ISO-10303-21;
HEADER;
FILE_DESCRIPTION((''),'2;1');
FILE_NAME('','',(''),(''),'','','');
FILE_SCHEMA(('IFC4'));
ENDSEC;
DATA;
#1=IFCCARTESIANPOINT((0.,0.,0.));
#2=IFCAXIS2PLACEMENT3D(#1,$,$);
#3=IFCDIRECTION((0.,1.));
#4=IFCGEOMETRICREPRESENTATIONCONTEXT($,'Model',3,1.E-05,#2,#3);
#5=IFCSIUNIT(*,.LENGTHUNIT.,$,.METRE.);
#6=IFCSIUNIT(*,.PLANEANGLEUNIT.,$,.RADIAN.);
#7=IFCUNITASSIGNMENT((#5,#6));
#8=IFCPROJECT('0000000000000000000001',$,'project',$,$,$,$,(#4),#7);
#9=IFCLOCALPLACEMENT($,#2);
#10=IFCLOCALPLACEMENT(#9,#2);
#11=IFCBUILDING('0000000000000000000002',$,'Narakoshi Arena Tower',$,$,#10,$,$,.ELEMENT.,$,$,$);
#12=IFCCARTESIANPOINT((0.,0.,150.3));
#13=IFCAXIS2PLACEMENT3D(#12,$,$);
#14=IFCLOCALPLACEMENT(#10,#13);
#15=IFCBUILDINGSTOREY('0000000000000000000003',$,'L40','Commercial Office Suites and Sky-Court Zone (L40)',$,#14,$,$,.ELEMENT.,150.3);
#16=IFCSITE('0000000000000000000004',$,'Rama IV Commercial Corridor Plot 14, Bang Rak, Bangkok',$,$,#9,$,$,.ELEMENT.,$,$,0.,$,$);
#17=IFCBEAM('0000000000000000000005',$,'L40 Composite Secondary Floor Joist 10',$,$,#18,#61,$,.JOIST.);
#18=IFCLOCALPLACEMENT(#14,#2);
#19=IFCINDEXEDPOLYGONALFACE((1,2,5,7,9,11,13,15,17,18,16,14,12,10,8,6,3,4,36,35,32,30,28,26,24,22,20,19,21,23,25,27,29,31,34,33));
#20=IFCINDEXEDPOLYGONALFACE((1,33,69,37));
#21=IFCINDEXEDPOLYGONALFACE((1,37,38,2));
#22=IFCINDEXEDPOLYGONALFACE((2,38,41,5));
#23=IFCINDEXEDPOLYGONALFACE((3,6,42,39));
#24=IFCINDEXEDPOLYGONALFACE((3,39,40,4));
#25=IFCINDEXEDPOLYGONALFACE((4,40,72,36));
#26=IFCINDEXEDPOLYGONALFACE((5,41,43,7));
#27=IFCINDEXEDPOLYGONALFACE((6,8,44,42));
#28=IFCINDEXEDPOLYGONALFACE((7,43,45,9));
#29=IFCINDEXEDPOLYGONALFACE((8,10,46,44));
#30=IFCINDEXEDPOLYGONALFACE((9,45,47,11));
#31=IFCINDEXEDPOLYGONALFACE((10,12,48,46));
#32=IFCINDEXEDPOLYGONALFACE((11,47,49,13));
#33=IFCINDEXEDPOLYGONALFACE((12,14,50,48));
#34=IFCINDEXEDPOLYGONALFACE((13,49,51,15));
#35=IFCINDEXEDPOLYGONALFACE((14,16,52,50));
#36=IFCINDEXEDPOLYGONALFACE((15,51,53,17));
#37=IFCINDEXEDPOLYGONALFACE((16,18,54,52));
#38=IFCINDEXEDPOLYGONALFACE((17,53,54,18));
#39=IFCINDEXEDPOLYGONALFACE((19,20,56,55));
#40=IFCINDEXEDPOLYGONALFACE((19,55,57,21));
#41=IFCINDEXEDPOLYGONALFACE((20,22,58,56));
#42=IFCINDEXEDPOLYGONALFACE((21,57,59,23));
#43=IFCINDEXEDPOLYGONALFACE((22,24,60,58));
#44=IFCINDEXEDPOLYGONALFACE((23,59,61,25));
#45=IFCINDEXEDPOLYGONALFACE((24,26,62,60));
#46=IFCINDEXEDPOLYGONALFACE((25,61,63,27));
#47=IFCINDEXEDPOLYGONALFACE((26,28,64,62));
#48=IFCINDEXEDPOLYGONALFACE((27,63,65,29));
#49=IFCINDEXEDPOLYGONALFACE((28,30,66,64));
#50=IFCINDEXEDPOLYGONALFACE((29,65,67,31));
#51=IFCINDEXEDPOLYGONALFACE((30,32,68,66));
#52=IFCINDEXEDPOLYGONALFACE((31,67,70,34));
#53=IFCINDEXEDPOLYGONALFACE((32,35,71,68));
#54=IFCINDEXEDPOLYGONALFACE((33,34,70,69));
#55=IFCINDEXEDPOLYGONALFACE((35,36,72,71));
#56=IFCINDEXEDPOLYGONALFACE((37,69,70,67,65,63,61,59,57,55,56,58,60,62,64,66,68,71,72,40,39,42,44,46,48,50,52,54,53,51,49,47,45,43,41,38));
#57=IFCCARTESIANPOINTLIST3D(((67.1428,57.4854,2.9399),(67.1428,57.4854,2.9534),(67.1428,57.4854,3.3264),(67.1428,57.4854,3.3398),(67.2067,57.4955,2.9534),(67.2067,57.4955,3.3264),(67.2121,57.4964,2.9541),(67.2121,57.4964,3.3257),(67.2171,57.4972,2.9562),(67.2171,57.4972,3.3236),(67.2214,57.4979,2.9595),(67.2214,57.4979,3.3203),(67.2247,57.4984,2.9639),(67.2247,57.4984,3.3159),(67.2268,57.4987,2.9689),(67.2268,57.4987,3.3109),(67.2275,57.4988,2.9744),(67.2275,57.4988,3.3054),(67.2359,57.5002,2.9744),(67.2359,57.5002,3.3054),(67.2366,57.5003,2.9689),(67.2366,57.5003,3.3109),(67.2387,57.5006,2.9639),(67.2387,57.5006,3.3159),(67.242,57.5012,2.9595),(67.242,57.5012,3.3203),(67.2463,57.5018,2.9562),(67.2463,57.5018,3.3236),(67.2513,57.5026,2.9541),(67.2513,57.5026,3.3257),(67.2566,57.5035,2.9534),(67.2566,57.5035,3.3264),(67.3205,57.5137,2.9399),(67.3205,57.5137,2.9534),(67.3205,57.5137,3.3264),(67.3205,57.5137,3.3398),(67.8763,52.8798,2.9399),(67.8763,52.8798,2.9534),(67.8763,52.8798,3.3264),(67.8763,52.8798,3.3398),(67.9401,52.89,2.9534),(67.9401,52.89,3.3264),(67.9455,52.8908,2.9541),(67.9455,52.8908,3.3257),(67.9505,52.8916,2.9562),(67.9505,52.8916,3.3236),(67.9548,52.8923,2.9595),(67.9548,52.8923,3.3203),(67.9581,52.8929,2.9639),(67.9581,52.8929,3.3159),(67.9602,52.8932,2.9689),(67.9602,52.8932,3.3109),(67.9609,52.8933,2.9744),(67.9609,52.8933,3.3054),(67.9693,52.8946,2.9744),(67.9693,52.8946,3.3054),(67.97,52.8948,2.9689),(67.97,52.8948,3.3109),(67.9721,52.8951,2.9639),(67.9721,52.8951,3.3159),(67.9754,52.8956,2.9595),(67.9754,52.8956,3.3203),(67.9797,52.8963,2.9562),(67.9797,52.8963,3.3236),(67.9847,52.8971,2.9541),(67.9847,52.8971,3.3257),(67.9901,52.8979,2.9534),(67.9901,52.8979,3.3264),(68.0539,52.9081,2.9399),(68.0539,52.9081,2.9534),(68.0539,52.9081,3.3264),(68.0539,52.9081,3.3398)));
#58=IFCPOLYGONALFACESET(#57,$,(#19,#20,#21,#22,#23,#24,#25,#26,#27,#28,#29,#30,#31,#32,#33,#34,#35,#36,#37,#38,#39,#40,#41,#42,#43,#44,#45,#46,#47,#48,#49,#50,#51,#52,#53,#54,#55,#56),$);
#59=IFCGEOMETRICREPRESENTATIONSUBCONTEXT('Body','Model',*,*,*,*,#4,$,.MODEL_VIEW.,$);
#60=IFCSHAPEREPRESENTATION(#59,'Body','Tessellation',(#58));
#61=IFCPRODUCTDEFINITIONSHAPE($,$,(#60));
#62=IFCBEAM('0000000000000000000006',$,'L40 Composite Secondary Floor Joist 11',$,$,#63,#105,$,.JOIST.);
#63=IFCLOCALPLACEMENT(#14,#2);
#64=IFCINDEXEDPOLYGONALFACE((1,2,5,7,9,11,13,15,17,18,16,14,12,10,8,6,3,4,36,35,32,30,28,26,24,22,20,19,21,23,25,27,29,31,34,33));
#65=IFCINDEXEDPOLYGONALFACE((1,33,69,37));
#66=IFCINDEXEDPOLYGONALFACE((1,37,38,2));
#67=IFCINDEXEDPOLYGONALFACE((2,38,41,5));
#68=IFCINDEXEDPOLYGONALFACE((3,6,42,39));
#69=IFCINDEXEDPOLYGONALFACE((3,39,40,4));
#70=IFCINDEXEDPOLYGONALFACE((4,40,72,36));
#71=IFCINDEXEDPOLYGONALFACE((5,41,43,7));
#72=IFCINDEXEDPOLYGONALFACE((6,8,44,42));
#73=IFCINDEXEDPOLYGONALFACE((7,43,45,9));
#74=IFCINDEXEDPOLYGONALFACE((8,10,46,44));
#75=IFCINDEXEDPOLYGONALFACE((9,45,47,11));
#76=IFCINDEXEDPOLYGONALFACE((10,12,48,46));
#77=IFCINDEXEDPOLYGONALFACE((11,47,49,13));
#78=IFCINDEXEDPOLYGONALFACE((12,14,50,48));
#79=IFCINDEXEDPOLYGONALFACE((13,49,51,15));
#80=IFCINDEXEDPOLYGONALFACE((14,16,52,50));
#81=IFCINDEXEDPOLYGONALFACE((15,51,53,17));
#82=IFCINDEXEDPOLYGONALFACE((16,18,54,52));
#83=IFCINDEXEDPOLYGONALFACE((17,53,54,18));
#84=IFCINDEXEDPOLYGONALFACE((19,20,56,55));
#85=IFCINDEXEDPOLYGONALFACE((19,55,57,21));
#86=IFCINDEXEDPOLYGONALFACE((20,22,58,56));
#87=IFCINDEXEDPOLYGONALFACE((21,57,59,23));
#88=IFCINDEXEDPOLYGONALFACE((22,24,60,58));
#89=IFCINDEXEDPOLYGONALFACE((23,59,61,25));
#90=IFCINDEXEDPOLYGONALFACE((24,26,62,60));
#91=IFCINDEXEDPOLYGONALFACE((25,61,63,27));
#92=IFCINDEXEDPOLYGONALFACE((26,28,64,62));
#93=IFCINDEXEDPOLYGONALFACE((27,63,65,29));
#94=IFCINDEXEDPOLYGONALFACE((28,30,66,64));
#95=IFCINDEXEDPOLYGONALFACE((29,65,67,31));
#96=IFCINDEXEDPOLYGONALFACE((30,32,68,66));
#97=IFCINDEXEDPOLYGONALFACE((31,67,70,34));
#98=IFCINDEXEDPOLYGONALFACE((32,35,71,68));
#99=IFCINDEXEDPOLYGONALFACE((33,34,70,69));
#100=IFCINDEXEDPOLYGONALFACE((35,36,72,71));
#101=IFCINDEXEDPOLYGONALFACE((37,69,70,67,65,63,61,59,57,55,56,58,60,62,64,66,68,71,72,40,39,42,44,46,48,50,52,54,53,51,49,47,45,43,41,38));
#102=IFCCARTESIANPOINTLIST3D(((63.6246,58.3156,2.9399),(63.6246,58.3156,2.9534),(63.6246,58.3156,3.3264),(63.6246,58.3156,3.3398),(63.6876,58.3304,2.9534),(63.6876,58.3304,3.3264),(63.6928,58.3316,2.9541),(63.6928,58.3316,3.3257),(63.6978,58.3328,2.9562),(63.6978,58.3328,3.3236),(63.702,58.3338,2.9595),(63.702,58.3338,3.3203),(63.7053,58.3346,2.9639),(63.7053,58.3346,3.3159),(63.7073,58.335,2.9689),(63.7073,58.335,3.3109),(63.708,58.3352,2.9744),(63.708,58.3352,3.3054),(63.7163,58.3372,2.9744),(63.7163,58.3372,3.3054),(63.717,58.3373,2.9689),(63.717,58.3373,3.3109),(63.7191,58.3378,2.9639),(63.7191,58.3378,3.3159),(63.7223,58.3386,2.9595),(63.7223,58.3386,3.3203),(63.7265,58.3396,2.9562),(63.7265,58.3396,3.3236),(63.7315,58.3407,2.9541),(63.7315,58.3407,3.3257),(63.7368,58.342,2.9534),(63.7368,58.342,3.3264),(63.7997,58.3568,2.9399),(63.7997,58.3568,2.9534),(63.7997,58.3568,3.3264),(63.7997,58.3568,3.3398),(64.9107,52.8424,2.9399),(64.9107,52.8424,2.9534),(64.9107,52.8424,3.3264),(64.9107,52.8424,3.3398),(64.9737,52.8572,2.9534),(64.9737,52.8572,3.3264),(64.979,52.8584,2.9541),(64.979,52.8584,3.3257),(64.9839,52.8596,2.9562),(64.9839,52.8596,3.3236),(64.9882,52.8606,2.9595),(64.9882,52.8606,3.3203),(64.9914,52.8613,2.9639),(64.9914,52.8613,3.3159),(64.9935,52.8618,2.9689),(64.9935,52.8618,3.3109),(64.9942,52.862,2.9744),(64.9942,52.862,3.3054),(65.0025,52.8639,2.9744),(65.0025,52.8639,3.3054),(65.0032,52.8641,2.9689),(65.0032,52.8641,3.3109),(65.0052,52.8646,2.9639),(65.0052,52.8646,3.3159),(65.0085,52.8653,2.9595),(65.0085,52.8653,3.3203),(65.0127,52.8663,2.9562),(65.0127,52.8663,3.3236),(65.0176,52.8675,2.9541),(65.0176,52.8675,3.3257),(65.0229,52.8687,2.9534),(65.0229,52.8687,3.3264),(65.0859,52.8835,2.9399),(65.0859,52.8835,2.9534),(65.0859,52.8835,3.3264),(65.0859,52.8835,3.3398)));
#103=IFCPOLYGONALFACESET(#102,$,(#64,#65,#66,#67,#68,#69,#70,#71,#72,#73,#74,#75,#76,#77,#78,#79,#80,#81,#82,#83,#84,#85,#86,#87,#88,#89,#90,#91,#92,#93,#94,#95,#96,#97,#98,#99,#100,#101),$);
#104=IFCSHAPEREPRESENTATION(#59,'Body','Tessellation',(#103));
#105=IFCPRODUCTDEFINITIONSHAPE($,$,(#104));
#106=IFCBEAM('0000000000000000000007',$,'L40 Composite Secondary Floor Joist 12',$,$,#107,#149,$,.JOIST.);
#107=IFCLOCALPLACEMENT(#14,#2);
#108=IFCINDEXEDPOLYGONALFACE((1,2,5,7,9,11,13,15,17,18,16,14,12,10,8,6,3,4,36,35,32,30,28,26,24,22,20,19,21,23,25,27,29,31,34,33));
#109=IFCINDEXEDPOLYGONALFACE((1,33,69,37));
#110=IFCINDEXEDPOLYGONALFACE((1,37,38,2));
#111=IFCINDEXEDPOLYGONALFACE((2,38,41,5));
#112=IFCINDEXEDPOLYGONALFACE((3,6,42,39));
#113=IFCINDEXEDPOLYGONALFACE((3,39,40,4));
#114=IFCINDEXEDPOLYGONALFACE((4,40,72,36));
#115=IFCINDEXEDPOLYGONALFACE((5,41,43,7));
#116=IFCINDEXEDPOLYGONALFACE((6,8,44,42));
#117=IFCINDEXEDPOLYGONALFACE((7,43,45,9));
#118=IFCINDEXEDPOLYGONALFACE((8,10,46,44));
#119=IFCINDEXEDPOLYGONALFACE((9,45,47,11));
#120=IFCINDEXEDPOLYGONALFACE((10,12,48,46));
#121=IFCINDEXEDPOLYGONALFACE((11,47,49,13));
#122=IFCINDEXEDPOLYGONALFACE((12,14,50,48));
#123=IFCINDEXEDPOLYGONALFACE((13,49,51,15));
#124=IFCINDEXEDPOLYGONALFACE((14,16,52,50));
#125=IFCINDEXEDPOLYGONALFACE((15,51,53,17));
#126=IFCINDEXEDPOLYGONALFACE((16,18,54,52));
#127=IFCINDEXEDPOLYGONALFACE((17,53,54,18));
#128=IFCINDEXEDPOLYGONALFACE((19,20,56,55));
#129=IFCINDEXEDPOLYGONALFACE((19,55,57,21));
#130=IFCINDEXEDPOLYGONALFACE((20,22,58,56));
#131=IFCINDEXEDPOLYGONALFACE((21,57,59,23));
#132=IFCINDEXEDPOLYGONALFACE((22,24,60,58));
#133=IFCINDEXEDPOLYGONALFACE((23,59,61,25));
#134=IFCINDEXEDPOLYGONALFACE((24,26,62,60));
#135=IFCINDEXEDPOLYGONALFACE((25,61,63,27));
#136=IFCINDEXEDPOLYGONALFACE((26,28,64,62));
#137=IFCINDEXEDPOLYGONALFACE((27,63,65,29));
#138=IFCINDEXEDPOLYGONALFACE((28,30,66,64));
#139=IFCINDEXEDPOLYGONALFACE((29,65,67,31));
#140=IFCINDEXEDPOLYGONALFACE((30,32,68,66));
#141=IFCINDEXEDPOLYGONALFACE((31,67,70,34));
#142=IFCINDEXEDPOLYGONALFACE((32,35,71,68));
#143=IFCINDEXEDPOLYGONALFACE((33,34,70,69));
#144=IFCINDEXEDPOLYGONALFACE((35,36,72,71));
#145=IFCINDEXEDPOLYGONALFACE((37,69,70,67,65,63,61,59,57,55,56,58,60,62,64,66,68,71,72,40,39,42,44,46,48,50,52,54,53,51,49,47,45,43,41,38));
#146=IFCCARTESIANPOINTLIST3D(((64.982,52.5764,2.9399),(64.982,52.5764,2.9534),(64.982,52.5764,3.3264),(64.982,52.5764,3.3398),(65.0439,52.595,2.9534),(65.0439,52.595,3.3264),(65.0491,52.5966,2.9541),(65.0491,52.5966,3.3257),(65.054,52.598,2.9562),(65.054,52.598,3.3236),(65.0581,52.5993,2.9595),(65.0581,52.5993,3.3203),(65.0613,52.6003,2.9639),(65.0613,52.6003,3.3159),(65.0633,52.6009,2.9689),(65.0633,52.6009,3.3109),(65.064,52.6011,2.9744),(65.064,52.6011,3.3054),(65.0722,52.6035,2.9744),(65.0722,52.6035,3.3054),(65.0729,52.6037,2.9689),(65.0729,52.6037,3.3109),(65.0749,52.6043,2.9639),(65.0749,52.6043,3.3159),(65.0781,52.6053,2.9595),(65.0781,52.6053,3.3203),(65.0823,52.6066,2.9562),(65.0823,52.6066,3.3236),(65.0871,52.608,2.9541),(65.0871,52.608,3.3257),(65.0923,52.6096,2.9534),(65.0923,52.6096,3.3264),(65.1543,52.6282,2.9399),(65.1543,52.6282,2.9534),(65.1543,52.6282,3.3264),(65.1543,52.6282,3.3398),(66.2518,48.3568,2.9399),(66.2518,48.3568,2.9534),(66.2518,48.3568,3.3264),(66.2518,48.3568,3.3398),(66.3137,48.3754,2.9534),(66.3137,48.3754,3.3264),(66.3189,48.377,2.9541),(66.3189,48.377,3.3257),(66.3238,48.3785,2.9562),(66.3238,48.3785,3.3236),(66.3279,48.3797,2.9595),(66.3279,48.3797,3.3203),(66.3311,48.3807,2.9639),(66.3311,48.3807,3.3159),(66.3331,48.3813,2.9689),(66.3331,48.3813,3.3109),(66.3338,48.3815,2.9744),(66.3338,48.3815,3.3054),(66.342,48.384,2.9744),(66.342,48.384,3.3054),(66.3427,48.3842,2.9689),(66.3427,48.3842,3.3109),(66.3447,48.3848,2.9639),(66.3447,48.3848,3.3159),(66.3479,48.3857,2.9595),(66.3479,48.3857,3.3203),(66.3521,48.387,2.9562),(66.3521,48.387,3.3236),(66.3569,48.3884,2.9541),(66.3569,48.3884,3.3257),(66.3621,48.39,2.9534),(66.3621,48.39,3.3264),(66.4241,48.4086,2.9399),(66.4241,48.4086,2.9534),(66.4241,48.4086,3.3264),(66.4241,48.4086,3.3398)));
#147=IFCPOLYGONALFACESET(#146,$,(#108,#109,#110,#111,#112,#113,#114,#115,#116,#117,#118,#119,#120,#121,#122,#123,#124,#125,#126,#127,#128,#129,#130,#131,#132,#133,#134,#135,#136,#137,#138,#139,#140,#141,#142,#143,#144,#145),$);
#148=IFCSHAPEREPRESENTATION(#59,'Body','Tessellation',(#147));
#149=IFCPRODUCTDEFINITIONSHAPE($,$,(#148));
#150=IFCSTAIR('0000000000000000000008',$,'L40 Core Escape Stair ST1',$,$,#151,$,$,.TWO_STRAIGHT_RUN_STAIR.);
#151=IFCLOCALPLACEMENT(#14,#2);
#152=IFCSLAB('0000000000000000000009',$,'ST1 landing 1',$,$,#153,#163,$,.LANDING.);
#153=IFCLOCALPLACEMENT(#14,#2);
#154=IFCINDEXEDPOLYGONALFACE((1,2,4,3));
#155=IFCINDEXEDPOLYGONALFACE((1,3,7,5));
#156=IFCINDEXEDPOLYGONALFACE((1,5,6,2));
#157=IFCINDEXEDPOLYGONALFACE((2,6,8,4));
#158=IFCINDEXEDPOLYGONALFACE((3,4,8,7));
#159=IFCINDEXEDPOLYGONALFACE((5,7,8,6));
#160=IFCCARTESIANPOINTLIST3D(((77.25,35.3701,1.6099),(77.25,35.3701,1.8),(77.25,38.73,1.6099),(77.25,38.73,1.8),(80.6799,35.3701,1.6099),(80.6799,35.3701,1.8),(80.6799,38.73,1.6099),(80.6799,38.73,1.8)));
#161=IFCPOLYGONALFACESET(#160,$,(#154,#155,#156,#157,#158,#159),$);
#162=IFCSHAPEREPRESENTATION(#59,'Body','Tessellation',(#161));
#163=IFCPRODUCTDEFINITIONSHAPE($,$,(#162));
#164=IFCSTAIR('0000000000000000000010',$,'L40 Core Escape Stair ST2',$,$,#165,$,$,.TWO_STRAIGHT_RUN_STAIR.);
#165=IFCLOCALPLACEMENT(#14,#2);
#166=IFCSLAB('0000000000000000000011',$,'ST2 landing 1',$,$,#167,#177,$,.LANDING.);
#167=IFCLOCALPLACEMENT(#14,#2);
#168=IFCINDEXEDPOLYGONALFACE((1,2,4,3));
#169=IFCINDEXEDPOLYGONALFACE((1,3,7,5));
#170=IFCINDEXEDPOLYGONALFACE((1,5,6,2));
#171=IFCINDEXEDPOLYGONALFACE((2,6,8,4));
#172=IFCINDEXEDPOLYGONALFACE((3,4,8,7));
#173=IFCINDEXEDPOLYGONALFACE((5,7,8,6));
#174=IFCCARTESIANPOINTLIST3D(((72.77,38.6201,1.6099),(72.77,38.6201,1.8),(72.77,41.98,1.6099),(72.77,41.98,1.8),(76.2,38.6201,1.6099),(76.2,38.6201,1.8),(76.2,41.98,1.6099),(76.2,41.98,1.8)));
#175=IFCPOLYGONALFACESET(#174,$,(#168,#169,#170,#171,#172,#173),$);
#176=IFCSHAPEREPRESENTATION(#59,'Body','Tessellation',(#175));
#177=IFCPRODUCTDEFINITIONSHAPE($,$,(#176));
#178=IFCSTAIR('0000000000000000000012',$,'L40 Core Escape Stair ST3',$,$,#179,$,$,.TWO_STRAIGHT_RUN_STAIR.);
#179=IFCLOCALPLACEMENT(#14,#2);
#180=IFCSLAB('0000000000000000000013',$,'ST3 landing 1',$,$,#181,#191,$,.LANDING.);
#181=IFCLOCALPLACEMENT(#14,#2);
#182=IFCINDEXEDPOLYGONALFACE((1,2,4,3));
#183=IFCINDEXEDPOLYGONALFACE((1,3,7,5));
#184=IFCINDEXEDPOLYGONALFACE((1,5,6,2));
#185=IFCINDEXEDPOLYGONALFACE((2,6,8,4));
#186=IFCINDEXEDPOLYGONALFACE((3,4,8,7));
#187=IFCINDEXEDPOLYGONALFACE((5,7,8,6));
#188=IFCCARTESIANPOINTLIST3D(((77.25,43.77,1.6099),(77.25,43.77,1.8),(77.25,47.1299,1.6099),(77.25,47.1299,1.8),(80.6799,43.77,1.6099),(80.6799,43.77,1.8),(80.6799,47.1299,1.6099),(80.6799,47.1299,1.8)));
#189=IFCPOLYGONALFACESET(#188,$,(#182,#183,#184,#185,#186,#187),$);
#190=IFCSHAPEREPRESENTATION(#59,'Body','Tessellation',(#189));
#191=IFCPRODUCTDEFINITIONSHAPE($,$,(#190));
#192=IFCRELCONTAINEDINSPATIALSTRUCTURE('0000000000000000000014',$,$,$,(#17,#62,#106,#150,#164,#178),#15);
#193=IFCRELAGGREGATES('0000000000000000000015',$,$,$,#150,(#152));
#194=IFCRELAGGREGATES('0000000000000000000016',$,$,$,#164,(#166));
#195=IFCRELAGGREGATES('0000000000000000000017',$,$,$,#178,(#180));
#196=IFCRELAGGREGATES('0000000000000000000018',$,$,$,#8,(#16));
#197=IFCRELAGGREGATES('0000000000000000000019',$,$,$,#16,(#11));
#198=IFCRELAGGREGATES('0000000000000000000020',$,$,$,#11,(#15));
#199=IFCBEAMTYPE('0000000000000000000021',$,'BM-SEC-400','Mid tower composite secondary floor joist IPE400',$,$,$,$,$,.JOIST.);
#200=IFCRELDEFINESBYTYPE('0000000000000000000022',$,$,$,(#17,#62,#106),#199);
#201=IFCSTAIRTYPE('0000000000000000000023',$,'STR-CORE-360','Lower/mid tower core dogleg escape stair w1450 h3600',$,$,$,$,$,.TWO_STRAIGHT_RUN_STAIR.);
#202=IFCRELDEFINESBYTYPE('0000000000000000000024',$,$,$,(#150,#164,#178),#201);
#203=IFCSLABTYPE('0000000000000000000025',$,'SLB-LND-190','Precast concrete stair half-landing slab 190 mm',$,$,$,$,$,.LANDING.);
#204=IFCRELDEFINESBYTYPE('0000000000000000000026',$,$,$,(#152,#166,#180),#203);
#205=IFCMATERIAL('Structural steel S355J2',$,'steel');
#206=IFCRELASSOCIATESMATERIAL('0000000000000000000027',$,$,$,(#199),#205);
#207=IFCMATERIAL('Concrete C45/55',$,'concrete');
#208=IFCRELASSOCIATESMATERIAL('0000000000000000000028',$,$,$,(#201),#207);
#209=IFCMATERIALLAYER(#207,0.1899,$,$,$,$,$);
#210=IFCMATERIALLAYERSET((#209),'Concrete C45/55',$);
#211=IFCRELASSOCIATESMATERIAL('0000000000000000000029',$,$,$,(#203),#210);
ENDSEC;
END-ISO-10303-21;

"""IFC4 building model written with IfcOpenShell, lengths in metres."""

from ifc_helpers import new_model, si_unit, direction, frame, origin, origin_2d, place, context, subcontext, project, spatial, polyline, i_section, outline, extrude, material, layer, layer_set, material_profile, profile_set, type_object, element, aggregate, save


model = new_model("IFC4")

# Units and contexts
model_context = context("Model", 3, precision=1e-05, world=origin(), true_north=direction((0.0, 1.0)))
body_context = subcontext(model_context, "Body", "Model", "MODEL_VIEW")
ifc_project = project(units=[si_unit("LENGTHUNIT", "METRE"), si_unit("PLANEANGLEUNIT", "RADIAN")], contexts=[model_context])

# Site, building, storey
site_placement = place(None, origin())
site = spatial("IfcSite", under=ifc_project, at=site_placement, Name="Rama IV Commercial Corridor Plot 14, Bang Rak, Bangkok", CompositionType="ELEMENT", RefElevation=0.0)
building_placement = place(site_placement, origin())
building = spatial("IfcBuilding", under=site, at=building_placement, Name="Narakoshi Arena Tower", CompositionType="ELEMENT")
storey_placement = place(building_placement, frame((0.0, 0.0, 150.3)))
storey = spatial("IfcBuildingStorey", under=building, at=storey_placement, Name="L40", Description="Commercial Office Suites and Sky-Court Zone (L40)", CompositionType="ELEMENT", Elevation=150.3)

# Beams
ifc_material_1 = material(Name="Structural steel S355J2", Category="steel")
ifc_material_profile_1 = material_profile(ifc_material_1, i_section(OverallWidth=0.1799, OverallDepth=0.3999, WebThickness=0.0085, FlangeThickness=0.0134, FilletRadius=0.021, at=origin_2d()), Name="IPE400")
ifc_profile_set_1 = profile_set([ifc_material_profile_1], Name="Structural steel S355J2")
beam_type_1 = type_object("IfcBeamType", Name="BM-SEC-400", Description="Mid tower composite secondary floor joist IPE400", PredefinedType="JOIST", material=ifc_profile_set_1)
beam_1_placement = place(storey_placement, frame((67.2317, 57.4995, 3.1399), z_axis=(0.157264, -0.987557, 0.0), x_axis=(0.987557, 0.157264, 0.0)))
element("IfcBeam", 1, at=beam_1_placement, inside=storey, type_object=beam_type_1, Name="L40 Composite Secondary Floor Joist 10", PredefinedType="JOIST", context=body_context, shape_type="SweptSolid", body=[
    extrude(i_section(OverallWidth=0.1799, OverallDepth=0.3999, WebThickness=0.0085, FlangeThickness=0.0134, FilletRadius=0.021, at=origin_2d()), origin(), (0.0, 0.0, 1.0), 4.6636),
])
beam_2_placement = place(storey_placement, frame((63.7122, 58.3362, 3.1399), z_axis=(0.228759, -0.973483, 0.0), x_axis=(0.973483, 0.228759, 0.0)))
element("IfcBeam", 2, at=beam_2_placement, inside=storey, type_object=beam_type_1, Name="L40 Composite Secondary Floor Joist 11", PredefinedType="JOIST", context=body_context, shape_type="SweptSolid", body=[
    extrude(i_section(OverallWidth=0.1799, OverallDepth=0.3999, WebThickness=0.0085, FlangeThickness=0.0134, FilletRadius=0.021, at=origin_2d()), origin(), (0.0, 0.0, 1.0), 5.6223),
])
beam_3_placement = place(storey_placement, frame((65.0681, 52.6023, 3.1399), z_axis=(0.288166, -0.95758, 0.0), x_axis=(0.95758, 0.288166, 0.0)))
element("IfcBeam", 3, at=beam_3_placement, inside=storey, type_object=beam_type_1, Name="L40 Composite Secondary Floor Joist 12", PredefinedType="JOIST", context=body_context, shape_type="SweptSolid", body=[
    extrude(i_section(OverallWidth=0.1799, OverallDepth=0.3999, WebThickness=0.0085, FlangeThickness=0.0134, FilletRadius=0.021, at=origin_2d()), origin(), (0.0, 0.0, 1.0), 4.4065),
])

# Stairs, slabs
ifc_material_2 = material(Name="Concrete C45/55", Category="concrete")
stair_type = type_object("IfcStairType", Name="STR-CORE-360", Description="Lower/mid tower core dogleg escape stair w1450 h3600", PredefinedType="TWO_STRAIGHT_RUN_STAIR", material=ifc_material_2)
stair_1_placement = place(storey_placement, origin())
stair_1 = element("IfcStair", 4, at=stair_1_placement, inside=storey, type_object=stair_type, Name="L40 Core Escape Stair ST1", PredefinedType="TWO_STRAIGHT_RUN_STAIR")
ifc_layer_1 = layer(ifc_material_2, 0.1899)
ifc_layer_set_1 = layer_set([ifc_layer_1], Name="Concrete C45/55")
slab_type_1 = type_object("IfcSlabType", Name="SLB-LND-190", Description="Precast concrete stair half-landing slab 190 mm", PredefinedType="LANDING", material=ifc_layer_set_1)
slab_1_placement = place(storey_placement, frame((0.0, 0.0, 1.6099)))
slab_1 = element("IfcSlab", 5, at=slab_1_placement, type_object=slab_type_1, Name="ST1 landing 1", PredefinedType="LANDING", context=body_context, shape_type="SweptSolid", body=[
    extrude(outline(polyline([(77.25, 35.3701), (80.6799, 35.3701), (80.6799, 38.73), (77.25, 38.73), (77.25, 35.3701)])), origin(), (0.0, 0.0, 1.0), 0.1902),
])
aggregate(stair_1, [slab_1])
stair_2_placement = place(storey_placement, origin())
stair_2 = element("IfcStair", 6, at=stair_2_placement, inside=storey, type_object=stair_type, Name="L40 Core Escape Stair ST2", PredefinedType="TWO_STRAIGHT_RUN_STAIR")
slab_2_placement = place(storey_placement, frame((0.0, 0.0, 1.6099)))
slab_2 = element("IfcSlab", 7, at=slab_2_placement, type_object=slab_type_1, Name="ST2 landing 1", PredefinedType="LANDING", context=body_context, shape_type="SweptSolid", body=[
    extrude(outline(polyline([(72.77, 38.6201), (76.2, 38.6201), (76.2, 41.98), (72.77, 41.98), (72.77, 38.6201)])), origin(), (0.0, 0.0, 1.0), 0.1902),
])
aggregate(stair_2, [slab_2])
stair_3_placement = place(storey_placement, origin())
stair_3 = element("IfcStair", 8, at=stair_3_placement, inside=storey, type_object=stair_type, Name="L40 Core Escape Stair ST3", PredefinedType="TWO_STRAIGHT_RUN_STAIR")
slab_3_placement = place(storey_placement, frame((0.0, 0.0, 1.6099)))
slab_3 = element("IfcSlab", 9, at=slab_3_placement, type_object=slab_type_1, Name="ST3 landing 1", PredefinedType="LANDING", context=body_context, shape_type="SweptSolid", body=[
    extrude(outline(polyline([(77.25, 43.77), (80.6799, 43.77), (80.6799, 47.1299), (77.25, 47.1299), (77.25, 43.77)])), origin(), (0.0, 0.0, 1.0), 0.1902),
])
aggregate(stair_3, [slab_3])

save(model, "model.ifc")
